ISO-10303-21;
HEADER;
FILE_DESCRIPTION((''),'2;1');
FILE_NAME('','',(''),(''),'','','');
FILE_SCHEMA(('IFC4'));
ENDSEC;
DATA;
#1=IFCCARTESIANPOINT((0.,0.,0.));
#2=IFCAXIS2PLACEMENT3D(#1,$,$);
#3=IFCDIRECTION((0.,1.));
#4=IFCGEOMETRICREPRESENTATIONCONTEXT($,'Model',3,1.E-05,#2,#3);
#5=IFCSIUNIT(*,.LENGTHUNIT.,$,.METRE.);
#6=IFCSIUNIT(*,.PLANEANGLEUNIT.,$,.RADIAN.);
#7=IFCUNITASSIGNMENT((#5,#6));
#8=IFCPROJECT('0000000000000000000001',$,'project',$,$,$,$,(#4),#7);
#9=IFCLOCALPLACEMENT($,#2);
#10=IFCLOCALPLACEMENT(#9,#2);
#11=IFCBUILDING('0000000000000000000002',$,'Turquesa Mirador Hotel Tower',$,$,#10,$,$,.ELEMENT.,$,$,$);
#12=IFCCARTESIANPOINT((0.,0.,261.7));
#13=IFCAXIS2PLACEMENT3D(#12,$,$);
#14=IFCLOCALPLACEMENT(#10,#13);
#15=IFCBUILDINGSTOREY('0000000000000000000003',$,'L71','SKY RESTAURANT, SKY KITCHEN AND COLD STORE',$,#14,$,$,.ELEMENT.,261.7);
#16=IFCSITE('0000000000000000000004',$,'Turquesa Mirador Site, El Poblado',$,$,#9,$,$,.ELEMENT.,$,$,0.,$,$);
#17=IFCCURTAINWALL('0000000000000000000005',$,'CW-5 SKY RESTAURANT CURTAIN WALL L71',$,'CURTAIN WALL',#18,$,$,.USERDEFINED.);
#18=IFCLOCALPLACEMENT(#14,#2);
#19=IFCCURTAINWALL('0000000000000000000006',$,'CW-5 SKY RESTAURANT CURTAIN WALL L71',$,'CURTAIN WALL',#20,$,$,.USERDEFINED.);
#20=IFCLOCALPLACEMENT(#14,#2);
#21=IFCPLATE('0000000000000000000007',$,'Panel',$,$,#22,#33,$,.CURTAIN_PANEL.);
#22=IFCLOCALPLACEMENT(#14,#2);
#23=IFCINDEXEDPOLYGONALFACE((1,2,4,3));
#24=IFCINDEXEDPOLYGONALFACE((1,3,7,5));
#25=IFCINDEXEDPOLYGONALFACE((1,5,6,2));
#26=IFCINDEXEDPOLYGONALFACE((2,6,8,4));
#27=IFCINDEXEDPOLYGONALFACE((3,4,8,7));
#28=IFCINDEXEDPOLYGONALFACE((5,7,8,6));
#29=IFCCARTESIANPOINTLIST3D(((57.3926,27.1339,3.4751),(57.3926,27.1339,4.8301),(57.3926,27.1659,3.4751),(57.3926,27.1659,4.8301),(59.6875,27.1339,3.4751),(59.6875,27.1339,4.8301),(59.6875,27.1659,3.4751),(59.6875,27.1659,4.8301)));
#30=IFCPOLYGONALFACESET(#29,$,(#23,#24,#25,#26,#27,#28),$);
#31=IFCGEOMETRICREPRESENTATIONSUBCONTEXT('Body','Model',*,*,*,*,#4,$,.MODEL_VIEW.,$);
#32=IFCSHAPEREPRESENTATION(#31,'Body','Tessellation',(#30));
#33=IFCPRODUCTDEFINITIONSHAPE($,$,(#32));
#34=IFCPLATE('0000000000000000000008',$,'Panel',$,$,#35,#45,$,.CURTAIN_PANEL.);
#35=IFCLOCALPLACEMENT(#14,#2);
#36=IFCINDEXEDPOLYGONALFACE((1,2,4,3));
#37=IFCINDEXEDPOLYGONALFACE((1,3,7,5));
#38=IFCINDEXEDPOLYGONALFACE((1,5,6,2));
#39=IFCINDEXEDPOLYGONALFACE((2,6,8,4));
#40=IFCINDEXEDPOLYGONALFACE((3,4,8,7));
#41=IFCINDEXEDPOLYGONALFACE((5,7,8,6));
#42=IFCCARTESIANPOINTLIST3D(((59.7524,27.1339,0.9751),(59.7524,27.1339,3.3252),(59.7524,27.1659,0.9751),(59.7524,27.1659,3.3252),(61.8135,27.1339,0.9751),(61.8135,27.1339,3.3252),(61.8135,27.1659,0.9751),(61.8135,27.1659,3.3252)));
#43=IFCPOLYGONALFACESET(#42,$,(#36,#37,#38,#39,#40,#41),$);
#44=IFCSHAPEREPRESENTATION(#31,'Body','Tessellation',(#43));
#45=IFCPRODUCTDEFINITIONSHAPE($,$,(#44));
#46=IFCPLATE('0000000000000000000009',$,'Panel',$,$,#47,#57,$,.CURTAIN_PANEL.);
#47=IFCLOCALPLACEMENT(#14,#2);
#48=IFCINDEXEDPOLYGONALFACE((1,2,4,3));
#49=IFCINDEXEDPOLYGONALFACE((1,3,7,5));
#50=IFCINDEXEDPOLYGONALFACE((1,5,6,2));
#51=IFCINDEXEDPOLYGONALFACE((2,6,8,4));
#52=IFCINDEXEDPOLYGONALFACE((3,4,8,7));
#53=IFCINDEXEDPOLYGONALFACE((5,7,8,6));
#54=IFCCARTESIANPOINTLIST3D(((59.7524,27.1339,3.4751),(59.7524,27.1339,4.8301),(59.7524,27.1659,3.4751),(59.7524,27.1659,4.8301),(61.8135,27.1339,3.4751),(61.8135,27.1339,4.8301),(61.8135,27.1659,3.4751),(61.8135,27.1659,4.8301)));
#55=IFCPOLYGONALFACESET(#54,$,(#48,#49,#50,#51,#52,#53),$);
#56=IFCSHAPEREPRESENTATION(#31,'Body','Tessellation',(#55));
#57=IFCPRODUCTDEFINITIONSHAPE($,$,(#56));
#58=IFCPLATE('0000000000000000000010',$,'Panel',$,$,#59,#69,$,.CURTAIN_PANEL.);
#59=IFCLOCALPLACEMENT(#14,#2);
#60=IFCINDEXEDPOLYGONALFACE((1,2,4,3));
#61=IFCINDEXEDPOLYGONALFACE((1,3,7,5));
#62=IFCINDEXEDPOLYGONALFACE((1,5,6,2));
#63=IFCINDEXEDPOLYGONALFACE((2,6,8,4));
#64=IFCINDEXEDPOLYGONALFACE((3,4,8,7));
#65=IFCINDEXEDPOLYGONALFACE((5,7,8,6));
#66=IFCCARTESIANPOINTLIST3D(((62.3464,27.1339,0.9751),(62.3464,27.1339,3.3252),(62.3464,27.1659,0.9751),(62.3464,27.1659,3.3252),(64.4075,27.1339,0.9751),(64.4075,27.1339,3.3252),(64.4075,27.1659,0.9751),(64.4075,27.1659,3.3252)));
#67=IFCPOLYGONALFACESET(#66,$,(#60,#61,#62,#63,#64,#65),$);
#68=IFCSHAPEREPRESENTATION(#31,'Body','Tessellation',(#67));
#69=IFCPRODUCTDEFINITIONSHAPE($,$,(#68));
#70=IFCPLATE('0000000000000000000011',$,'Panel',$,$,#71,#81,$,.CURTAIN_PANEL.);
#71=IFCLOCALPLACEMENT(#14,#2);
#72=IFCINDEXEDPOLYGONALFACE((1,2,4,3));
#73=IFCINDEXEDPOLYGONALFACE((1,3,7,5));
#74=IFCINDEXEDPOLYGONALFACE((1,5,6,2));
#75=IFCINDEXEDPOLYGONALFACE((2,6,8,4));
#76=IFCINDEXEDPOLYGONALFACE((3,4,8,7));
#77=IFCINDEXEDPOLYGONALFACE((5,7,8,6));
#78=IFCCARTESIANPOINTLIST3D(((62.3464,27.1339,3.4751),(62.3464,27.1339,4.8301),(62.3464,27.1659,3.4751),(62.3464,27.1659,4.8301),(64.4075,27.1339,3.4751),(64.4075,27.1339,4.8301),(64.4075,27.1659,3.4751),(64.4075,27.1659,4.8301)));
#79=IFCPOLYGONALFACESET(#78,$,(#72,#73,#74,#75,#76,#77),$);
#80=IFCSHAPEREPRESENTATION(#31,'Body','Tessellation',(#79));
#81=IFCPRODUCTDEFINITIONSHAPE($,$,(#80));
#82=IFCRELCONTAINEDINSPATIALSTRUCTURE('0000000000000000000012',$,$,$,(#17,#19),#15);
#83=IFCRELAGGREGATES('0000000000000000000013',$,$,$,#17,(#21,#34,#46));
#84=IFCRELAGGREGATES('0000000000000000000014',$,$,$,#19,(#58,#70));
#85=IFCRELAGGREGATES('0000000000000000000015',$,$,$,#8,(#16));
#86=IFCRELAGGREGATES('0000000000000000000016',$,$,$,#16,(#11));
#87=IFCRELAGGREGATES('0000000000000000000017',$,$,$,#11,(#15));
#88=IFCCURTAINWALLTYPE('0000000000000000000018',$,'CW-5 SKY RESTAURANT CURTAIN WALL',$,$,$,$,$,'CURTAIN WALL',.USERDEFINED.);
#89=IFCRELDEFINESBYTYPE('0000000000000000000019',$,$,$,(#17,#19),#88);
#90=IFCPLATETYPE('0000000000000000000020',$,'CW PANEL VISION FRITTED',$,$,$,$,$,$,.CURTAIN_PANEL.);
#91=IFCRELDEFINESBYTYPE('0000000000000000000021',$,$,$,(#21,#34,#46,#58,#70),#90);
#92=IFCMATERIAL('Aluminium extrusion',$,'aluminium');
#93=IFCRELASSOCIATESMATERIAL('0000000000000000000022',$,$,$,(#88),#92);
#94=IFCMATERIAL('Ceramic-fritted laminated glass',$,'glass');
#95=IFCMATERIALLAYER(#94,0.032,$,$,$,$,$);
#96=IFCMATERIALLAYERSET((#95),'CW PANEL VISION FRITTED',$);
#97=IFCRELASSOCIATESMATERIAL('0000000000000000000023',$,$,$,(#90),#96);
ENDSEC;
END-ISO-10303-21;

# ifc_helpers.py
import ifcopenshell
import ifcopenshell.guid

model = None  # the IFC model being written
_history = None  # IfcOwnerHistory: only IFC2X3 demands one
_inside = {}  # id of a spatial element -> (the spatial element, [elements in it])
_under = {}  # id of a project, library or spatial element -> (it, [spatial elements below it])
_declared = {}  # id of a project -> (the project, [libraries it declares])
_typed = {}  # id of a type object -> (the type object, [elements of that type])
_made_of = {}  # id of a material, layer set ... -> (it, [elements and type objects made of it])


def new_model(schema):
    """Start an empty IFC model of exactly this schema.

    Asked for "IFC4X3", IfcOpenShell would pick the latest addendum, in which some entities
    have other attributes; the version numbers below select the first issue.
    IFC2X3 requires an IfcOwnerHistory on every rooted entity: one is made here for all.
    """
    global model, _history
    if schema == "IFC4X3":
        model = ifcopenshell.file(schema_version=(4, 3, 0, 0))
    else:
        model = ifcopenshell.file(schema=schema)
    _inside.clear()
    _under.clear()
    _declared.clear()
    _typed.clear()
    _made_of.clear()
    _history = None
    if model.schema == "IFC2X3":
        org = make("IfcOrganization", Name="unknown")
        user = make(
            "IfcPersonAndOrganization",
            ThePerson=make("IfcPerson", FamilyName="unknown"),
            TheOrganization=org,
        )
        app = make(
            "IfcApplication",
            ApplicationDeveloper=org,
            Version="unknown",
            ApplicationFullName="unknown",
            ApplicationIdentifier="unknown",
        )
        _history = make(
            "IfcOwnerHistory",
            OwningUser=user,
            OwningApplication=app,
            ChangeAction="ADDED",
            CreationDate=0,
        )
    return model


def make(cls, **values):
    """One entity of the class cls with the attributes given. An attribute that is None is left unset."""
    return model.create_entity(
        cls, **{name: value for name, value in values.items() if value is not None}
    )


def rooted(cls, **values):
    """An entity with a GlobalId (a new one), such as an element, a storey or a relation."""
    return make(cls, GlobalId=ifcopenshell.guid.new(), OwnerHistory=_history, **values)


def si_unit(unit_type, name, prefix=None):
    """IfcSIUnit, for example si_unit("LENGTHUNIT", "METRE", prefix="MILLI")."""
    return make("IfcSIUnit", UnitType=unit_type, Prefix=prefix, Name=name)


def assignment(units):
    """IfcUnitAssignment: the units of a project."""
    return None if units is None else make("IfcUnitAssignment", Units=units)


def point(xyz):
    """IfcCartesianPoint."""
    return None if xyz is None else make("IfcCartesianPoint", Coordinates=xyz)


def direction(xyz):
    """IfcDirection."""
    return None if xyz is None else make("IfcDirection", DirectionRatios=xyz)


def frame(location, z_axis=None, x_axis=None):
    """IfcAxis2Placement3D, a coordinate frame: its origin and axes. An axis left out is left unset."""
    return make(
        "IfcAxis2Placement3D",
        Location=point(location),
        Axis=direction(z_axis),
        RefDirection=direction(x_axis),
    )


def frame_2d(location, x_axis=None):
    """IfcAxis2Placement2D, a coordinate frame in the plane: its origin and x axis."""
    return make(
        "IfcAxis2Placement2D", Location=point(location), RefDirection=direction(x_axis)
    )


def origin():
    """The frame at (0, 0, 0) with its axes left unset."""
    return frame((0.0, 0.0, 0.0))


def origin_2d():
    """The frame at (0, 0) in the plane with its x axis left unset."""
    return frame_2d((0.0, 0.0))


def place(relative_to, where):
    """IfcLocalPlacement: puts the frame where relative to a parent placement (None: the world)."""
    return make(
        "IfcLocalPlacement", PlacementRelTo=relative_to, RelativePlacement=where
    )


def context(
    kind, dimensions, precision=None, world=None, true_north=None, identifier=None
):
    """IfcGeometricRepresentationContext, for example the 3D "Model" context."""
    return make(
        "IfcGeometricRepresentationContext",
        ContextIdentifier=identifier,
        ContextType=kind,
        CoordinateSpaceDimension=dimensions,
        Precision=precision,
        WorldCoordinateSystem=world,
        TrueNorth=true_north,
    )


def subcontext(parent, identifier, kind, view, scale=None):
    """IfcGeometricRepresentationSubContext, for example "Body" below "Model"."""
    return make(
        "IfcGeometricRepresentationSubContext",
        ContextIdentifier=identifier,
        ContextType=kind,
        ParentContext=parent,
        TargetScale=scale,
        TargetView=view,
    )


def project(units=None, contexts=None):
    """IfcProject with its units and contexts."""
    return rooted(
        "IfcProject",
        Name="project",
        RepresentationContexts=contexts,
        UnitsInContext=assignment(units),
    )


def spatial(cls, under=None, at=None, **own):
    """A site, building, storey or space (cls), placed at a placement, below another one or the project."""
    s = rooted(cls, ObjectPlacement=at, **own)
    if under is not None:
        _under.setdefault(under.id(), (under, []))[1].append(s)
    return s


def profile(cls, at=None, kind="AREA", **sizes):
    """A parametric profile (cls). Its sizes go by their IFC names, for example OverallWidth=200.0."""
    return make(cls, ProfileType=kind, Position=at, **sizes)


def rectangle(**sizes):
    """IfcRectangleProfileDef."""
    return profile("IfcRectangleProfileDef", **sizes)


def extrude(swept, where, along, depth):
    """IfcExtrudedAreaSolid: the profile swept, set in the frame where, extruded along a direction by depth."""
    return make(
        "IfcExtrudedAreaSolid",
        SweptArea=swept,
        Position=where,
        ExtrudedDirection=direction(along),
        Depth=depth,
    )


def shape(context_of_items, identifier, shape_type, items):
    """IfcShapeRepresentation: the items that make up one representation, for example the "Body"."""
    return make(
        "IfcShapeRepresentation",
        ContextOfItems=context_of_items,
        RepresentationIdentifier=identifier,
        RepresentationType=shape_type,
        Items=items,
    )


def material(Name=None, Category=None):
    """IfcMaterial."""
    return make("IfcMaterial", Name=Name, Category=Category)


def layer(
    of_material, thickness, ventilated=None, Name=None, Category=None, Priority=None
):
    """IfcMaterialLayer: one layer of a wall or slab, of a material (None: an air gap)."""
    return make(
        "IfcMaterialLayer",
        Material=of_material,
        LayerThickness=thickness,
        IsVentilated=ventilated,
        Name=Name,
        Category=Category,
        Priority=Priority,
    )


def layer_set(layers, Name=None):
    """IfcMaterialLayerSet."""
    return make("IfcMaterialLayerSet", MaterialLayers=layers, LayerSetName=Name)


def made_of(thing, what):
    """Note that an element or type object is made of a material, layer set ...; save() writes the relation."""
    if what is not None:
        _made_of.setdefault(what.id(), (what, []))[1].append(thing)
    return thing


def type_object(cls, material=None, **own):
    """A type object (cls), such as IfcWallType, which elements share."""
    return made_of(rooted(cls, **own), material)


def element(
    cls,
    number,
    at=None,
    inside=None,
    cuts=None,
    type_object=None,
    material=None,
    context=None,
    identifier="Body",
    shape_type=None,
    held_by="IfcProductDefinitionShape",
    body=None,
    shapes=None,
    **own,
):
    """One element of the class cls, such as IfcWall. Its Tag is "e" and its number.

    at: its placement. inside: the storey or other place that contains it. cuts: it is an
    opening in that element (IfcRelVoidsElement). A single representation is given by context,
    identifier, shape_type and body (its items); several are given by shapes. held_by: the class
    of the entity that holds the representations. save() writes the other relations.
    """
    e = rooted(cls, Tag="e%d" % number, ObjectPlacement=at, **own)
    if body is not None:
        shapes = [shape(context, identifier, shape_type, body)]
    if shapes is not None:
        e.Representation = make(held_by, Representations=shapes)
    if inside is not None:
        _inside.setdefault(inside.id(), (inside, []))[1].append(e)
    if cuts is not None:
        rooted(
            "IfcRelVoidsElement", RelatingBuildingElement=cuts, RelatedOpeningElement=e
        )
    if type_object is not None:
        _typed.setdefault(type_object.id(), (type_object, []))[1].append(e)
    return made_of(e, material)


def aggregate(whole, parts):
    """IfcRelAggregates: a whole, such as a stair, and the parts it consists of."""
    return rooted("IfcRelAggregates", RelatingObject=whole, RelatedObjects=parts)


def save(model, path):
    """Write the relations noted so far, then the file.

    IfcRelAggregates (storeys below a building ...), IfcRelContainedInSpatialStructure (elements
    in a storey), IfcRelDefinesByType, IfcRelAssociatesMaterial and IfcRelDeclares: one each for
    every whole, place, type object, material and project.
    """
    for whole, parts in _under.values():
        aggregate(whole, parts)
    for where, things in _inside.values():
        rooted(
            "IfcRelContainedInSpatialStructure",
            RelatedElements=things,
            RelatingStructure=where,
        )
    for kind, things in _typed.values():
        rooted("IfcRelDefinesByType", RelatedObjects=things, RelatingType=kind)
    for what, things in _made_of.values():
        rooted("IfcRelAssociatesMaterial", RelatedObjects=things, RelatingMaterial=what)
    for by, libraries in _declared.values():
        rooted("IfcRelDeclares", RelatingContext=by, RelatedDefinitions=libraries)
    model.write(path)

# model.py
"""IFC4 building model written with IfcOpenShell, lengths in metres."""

from ifc_helpers import new_model, si_unit, direction, frame, origin, origin_2d, place, context, subcontext, project, spatial, rectangle, extrude, material, layer, layer_set, type_object, element, aggregate, save


model = new_model("IFC4")

# Units and contexts
model_context = context("Model", 3, precision=1e-05, world=origin(), true_north=direction((0.0, 1.0)))
body_context = subcontext(model_context, "Body", "Model", "MODEL_VIEW")
ifc_project = project(units=[si_unit("LENGTHUNIT", "METRE"), si_unit("PLANEANGLEUNIT", "RADIAN")], contexts=[model_context])

# Site, building, storey
site_placement = place(None, origin())
site = spatial("IfcSite", under=ifc_project, at=site_placement, Name="Turquesa Mirador Site, El Poblado", CompositionType="ELEMENT", RefElevation=0.0)
building_placement = place(site_placement, origin())
building = spatial("IfcBuilding", under=site, at=building_placement, Name="Turquesa Mirador Hotel Tower", CompositionType="ELEMENT")
storey_placement = place(building_placement, frame((0.0, 0.0, 261.7)))
storey = spatial("IfcBuildingStorey", under=building, at=storey_placement, Name="L71", Description="SKY RESTAURANT, SKY KITCHEN AND COLD STORE", CompositionType="ELEMENT", Elevation=261.7)

# Curtain walls
ifc_material_1 = material(Name="Aluminium extrusion", Category="aluminium")
curtain_wall_type = type_object("IfcCurtainWallType", Name="CW-5 SKY RESTAURANT CURTAIN WALL", ElementType="CURTAIN WALL", PredefinedType="USERDEFINED", material=ifc_material_1)
curtain_wall_1_placement = place(storey_placement, origin())
curtain_wall_1 = element("IfcCurtainWall", 1, at=curtain_wall_1_placement, inside=storey, type_object=curtain_wall_type, Name="CW-5 SKY RESTAURANT CURTAIN WALL L71", ObjectType="CURTAIN WALL", PredefinedType="USERDEFINED")
curtain_wall_2_placement = place(storey_placement, origin())
curtain_wall_2 = element("IfcCurtainWall", 2, at=curtain_wall_2_placement, inside=storey, type_object=curtain_wall_type, Name="CW-5 SKY RESTAURANT CURTAIN WALL L71", ObjectType="CURTAIN WALL", PredefinedType="USERDEFINED")

# Plates
ifc_material_2 = material(Name="Ceramic-fritted laminated glass", Category="glass")
ifc_layer_1 = layer(ifc_material_2, 0.032)
ifc_layer_set_1 = layer_set([ifc_layer_1], Name="CW PANEL VISION FRITTED")
plate_type_1 = type_object("IfcPlateType", Name="CW PANEL VISION FRITTED", PredefinedType="CURTAIN_PANEL", material=ifc_layer_set_1)
plate_1_placement = place(storey_placement, frame((58.54, 27.1499, 3.4751), z_axis=(0.0, 0.0, 1.0), x_axis=(1.0, 0.0, 0.0)))
plate_1 = element("IfcPlate", 3, at=plate_1_placement, type_object=plate_type_1, Name="Panel", PredefinedType="CURTAIN_PANEL", context=body_context, shape_type="SweptSolid", body=[
    extrude(rectangle(XDim=2.2949, YDim=0.032, at=origin_2d()), origin(), (0.0, 0.0, 1.0), 1.355),
])
plate_2_placement = place(storey_placement, frame((60.783, 27.1499, 0.9751), z_axis=(0.0, 0.0, 1.0), x_axis=(1.0, 0.0, 0.0)))
plate_2 = element("IfcPlate", 4, at=plate_2_placement, type_object=plate_type_1, Name="Panel", PredefinedType="CURTAIN_PANEL", context=body_context, shape_type="SweptSolid", body=[
    extrude(rectangle(XDim=2.061, YDim=0.032, at=origin_2d()), origin(), (0.0, 0.0, 1.0), 2.3501),
])
plate_3_placement = place(storey_placement, frame((60.783, 27.1499, 3.4751), z_axis=(0.0, 0.0, 1.0), x_axis=(1.0, 0.0, 0.0)))
plate_3 = element("IfcPlate", 5, at=plate_3_placement, type_object=plate_type_1, Name="Panel", PredefinedType="CURTAIN_PANEL", context=body_context, shape_type="SweptSolid", body=[
    extrude(rectangle(XDim=2.061, YDim=0.032, at=origin_2d()), origin(), (0.0, 0.0, 1.0), 1.355),
])
aggregate(curtain_wall_1, [plate_1, plate_2, plate_3])
plate_4_placement = place(storey_placement, frame((63.377, 27.1499, 0.9751), z_axis=(0.0, 0.0, 1.0), x_axis=(1.0, 0.0, 0.0)))
plate_4 = element("IfcPlate", 6, at=plate_4_placement, type_object=plate_type_1, Name="Panel", PredefinedType="CURTAIN_PANEL", context=body_context, shape_type="SweptSolid", body=[
    extrude(rectangle(XDim=2.061, YDim=0.032, at=origin_2d()), origin(), (0.0, 0.0, 1.0), 2.3501),
])
plate_5_placement = place(storey_placement, frame((63.377, 27.1499, 3.4751), z_axis=(0.0, 0.0, 1.0), x_axis=(1.0, 0.0, 0.0)))
plate_5 = element("IfcPlate", 7, at=plate_5_placement, type_object=plate_type_1, Name="Panel", PredefinedType="CURTAIN_PANEL", context=body_context, shape_type="SweptSolid", body=[
    extrude(rectangle(XDim=2.061, YDim=0.032, at=origin_2d()), origin(), (0.0, 0.0, 1.0), 1.355),
])
aggregate(curtain_wall_2, [plate_4, plate_5])

save(model, "model.ifc")
